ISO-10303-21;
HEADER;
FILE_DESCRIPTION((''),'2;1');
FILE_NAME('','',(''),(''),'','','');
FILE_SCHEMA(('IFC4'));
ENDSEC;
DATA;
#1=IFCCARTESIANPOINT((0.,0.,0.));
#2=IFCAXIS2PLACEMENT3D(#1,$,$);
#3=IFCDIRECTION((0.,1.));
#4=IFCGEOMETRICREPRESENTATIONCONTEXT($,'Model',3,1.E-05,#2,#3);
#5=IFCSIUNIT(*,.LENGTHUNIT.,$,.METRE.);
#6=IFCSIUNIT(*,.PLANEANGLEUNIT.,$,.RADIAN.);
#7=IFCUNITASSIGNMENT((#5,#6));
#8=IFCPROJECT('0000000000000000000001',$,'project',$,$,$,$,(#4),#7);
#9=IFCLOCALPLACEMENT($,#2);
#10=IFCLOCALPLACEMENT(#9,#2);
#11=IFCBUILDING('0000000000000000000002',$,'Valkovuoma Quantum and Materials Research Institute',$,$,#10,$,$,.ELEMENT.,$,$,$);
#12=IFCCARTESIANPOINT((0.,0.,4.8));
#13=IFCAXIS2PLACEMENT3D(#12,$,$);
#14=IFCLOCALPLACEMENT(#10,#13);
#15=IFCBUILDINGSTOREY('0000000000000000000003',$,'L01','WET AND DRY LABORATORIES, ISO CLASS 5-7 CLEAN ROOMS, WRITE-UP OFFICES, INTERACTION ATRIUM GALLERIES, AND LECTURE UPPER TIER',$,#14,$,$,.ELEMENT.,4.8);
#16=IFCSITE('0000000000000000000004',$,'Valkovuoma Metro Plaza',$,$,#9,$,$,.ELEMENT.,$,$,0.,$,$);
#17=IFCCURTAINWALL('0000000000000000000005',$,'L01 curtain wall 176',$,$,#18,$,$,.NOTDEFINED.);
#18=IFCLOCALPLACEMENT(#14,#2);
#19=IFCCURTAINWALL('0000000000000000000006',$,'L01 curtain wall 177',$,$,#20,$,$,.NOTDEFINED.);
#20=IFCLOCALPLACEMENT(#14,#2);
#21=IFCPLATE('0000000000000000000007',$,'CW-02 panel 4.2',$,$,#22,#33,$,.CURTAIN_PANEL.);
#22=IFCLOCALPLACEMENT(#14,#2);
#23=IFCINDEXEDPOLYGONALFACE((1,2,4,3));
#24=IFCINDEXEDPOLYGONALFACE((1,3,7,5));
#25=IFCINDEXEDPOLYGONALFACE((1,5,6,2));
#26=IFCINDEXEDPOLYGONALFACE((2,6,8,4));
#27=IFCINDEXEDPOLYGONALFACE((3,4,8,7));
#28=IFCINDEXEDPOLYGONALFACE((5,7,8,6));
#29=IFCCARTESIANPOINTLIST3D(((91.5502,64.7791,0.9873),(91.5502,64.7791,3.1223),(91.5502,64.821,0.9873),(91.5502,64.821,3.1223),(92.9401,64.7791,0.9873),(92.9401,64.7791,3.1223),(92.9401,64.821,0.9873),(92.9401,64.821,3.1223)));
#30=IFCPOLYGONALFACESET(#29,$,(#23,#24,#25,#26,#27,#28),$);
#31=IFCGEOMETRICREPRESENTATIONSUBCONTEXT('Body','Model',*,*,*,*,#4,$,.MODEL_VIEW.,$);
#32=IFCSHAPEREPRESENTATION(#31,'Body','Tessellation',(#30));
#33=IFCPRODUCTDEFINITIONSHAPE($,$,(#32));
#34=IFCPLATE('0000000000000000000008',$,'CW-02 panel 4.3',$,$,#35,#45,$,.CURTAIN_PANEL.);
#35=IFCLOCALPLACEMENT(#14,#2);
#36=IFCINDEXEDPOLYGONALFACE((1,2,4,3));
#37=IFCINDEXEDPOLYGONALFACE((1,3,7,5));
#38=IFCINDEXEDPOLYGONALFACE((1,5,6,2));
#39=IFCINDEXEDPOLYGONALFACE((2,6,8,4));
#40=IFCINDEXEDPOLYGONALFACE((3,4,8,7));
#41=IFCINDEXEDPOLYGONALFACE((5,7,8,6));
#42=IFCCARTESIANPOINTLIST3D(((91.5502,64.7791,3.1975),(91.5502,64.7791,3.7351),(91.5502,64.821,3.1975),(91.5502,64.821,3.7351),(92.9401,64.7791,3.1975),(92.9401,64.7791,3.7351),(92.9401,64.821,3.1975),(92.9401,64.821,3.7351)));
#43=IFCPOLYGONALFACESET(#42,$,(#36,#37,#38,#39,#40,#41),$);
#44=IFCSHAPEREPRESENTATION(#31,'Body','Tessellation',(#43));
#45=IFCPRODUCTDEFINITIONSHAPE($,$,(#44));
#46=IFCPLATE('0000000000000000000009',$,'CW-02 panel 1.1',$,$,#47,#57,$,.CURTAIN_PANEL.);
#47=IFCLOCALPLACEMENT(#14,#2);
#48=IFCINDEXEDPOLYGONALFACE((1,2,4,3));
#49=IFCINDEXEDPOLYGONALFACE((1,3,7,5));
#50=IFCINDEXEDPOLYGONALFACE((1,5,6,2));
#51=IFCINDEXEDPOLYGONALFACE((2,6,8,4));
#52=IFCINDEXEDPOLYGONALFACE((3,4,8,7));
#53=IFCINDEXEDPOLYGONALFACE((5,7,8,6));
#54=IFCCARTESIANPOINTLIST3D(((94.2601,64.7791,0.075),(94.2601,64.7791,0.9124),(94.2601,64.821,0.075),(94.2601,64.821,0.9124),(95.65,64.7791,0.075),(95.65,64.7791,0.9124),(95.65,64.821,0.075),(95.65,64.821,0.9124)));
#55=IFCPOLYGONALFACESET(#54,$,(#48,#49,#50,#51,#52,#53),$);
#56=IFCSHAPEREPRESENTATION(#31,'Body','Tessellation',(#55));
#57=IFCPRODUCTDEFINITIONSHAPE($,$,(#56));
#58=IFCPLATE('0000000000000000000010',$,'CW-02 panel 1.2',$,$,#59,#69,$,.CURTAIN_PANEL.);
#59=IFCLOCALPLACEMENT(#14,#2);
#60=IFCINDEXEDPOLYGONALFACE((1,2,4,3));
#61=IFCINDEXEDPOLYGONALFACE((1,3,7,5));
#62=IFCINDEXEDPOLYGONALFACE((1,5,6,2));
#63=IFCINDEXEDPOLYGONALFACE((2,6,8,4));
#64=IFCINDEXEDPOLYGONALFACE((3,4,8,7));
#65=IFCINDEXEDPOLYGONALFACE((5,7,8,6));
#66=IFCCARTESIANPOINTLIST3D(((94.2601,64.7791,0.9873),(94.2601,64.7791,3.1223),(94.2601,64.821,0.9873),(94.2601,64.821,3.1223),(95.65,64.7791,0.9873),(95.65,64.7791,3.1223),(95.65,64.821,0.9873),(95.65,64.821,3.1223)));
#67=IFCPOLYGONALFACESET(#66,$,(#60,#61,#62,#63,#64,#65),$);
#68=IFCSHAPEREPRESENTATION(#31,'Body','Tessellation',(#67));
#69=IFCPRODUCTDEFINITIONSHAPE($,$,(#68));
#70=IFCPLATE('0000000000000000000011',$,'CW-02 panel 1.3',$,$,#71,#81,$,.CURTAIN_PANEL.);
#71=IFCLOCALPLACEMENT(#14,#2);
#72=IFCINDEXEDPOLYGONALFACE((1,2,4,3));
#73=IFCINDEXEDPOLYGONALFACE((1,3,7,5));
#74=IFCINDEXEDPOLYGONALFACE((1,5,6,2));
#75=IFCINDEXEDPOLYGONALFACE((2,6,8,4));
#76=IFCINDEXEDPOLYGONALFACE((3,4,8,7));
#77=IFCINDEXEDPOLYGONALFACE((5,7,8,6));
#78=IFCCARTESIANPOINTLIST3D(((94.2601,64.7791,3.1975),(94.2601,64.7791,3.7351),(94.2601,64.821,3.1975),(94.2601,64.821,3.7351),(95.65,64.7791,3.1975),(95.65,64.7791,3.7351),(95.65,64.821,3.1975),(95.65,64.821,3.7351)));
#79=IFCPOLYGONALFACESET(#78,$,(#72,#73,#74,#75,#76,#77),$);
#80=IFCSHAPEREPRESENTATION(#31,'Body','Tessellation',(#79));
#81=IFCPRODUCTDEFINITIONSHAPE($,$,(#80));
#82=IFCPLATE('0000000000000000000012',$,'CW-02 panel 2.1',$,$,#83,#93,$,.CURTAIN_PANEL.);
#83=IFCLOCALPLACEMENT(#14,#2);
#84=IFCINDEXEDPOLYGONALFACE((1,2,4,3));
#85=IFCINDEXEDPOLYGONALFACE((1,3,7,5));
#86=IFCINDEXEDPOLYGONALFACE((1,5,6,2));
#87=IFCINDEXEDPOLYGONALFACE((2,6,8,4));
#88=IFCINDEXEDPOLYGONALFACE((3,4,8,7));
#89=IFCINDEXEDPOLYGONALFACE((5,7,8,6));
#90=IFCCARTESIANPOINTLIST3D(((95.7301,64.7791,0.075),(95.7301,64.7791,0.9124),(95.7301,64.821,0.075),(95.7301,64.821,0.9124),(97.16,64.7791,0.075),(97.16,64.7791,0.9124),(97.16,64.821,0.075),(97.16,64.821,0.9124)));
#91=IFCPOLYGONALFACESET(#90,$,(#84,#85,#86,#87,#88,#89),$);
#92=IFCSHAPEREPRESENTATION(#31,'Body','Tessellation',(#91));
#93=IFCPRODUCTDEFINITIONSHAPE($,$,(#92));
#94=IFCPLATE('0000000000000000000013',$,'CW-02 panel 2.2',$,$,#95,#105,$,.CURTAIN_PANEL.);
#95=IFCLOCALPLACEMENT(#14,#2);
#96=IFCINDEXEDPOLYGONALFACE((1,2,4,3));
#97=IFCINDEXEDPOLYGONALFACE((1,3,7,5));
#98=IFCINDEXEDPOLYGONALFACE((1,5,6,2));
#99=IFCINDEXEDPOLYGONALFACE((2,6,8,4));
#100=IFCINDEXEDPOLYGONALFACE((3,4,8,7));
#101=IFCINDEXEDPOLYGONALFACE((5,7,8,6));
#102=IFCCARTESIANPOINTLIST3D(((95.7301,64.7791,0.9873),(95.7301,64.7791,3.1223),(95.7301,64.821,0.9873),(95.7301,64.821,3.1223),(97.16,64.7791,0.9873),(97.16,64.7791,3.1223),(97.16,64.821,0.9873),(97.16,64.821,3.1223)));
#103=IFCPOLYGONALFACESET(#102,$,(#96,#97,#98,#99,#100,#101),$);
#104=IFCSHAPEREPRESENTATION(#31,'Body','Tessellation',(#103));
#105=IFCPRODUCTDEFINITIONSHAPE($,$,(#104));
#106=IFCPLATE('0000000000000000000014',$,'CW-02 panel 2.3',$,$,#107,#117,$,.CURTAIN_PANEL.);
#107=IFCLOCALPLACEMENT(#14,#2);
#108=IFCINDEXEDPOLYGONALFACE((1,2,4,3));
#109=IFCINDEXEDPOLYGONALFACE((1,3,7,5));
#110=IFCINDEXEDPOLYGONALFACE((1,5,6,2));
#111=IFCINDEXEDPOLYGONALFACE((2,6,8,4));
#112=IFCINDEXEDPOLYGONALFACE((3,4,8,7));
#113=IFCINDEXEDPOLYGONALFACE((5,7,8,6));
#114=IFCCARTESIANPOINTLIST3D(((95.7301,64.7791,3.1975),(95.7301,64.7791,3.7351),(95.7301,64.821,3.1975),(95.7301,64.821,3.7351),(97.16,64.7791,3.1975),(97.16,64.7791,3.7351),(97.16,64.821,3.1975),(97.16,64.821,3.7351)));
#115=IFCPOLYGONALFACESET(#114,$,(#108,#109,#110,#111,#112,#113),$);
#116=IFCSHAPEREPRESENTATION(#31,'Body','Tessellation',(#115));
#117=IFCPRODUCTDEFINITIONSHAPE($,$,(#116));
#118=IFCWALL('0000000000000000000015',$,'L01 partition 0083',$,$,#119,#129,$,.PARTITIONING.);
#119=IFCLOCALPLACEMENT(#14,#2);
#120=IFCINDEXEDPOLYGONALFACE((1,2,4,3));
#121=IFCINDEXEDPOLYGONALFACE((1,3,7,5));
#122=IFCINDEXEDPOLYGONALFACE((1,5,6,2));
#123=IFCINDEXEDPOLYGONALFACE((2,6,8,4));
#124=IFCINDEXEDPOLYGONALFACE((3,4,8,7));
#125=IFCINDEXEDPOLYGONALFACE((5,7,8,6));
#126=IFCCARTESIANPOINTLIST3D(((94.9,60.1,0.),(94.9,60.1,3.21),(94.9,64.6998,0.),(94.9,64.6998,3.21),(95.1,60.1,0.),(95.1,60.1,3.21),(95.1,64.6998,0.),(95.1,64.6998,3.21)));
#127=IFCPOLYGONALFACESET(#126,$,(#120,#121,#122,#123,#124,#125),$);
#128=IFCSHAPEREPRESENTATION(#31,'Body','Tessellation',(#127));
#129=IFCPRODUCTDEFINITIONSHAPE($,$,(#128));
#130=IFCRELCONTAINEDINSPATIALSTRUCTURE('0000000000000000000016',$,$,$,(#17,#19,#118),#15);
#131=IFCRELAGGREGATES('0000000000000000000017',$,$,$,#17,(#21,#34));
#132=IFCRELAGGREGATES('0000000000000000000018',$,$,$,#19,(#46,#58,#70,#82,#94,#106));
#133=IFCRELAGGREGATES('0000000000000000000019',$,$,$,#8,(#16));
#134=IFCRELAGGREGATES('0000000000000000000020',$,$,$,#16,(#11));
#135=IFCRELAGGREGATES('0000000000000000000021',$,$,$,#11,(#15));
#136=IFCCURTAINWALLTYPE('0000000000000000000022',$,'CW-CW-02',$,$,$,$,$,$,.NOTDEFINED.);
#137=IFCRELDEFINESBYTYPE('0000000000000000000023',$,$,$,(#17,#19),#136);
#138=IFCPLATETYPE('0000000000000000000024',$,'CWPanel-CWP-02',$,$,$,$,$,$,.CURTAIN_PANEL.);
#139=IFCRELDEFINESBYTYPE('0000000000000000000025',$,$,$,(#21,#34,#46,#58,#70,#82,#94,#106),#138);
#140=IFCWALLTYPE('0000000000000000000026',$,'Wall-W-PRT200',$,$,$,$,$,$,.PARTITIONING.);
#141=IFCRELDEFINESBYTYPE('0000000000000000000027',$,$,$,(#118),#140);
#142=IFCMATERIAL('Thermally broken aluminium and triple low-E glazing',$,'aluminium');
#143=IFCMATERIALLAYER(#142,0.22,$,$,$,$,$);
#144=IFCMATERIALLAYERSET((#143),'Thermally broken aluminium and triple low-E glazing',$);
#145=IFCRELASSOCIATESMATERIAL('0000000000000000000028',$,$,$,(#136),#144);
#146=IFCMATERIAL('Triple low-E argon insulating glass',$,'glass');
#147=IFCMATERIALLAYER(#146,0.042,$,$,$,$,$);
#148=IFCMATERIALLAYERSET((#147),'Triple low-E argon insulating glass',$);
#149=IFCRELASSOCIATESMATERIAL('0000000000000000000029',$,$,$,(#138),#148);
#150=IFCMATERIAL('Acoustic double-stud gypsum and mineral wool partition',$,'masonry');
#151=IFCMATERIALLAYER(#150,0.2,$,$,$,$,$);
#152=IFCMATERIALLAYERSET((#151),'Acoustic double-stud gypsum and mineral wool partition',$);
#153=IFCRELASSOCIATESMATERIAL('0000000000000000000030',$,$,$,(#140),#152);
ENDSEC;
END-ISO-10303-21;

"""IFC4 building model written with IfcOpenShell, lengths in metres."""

from ifc_helpers import new_model, si_unit, direction, frame, frame_2d, origin, origin_2d, place, context, subcontext, project, spatial, rectangle, extrude, material, layer, layer_set, type_object, element, aggregate, save


model = new_model("IFC4")

# Units and contexts
model_context = context("Model", 3, precision=1e-05, world=origin(), true_north=direction((0.0, 1.0)))
body_context = subcontext(model_context, "Body", "Model", "MODEL_VIEW")
ifc_project = project(units=[si_unit("LENGTHUNIT", "METRE"), si_unit("PLANEANGLEUNIT", "RADIAN")], contexts=[model_context])

# Site, building, storey
site_placement = place(None, origin())
site = spatial("IfcSite", under=ifc_project, at=site_placement, Name="Valkovuoma Metro Plaza", CompositionType="ELEMENT", RefElevation=0.0)
building_placement = place(site_placement, origin())
building = spatial("IfcBuilding", under=site, at=building_placement, Name="Valkovuoma Quantum and Materials Research Institute", CompositionType="ELEMENT")
storey_placement = place(building_placement, frame((0.0, 0.0, 4.8)))
storey = spatial("IfcBuildingStorey", under=building, at=storey_placement, Name="L01", Description="WET AND DRY LABORATORIES, ISO CLASS 5-7 CLEAN ROOMS, WRITE-UP OFFICES, INTERACTION ATRIUM GALLERIES, AND LECTURE UPPER TIER", CompositionType="ELEMENT", Elevation=4.8)

# Curtain walls
ifc_material_1 = material(Name="Thermally broken aluminium and triple low-E glazing", Category="aluminium")
ifc_layer_1 = layer(ifc_material_1, 0.22)
ifc_layer_set_1 = layer_set([ifc_layer_1], Name="Thermally broken aluminium and triple low-E glazing")
curtain_wall_type = type_object("IfcCurtainWallType", Name="CW-CW-02", PredefinedType="NOTDEFINED", material=ifc_layer_set_1)
curtain_wall_1_placement = place(storey_placement, origin())
curtain_wall_1 = element("IfcCurtainWall", 1, at=curtain_wall_1_placement, inside=storey, type_object=curtain_wall_type, Name="L01 curtain wall 176", PredefinedType="NOTDEFINED")
curtain_wall_2_placement = place(storey_placement, origin())
curtain_wall_2 = element("IfcCurtainWall", 2, at=curtain_wall_2_placement, inside=storey, type_object=curtain_wall_type, Name="L01 curtain wall 177", PredefinedType="NOTDEFINED")

# Plates
ifc_material_2 = material(Name="Triple low-E argon insulating glass", Category="glass")
ifc_layer_2 = layer(ifc_material_2, 0.042)
ifc_layer_set_2 = layer_set([ifc_layer_2], Name="Triple low-E argon insulating glass")
plate_type = type_object("IfcPlateType", Name="CWPanel-CWP-02", PredefinedType="CURTAIN_PANEL", material=ifc_layer_set_2)
plate_1_placement = place(storey_placement, frame((92.2451, 64.8, 0.9873), z_axis=(0.0, 0.0, 1.0), x_axis=(1.0, 0.0, 0.0)))
plate_1 = element("IfcPlate", 3, at=plate_1_placement, type_object=plate_type, Name="CW-02 panel 4.2", PredefinedType="CURTAIN_PANEL", context=body_context, shape_type="SweptSolid", body=[
    extrude(rectangle(XDim=1.3899, YDim=0.042, at=origin_2d()), origin(), (0.0, 0.0, 1.0), 2.135),
])
plate_2_placement = place(storey_placement, frame((92.2451, 64.8, 3.1975), z_axis=(0.0, 0.0, 1.0), x_axis=(1.0, 0.0, 0.0)))
plate_2 = element("IfcPlate", 4, at=plate_2_placement, type_object=plate_type, Name="CW-02 panel 4.3", PredefinedType="CURTAIN_PANEL", context=body_context, shape_type="SweptSolid", body=[
    extrude(rectangle(XDim=1.3899, YDim=0.042, at=origin_2d()), origin(), (0.0, 0.0, 1.0), 0.5376),
])
aggregate(curtain_wall_1, [plate_1, plate_2])
plate_3_placement = place(storey_placement, frame((94.9551, 64.8, 0.075), z_axis=(0.0, 0.0, 1.0), x_axis=(1.0, 0.0, 0.0)))
plate_3 = element("IfcPlate", 5, at=plate_3_placement, type_object=plate_type, Name="CW-02 panel 1.1", PredefinedType="CURTAIN_PANEL", context=body_context, shape_type="SweptSolid", body=[
    extrude(rectangle(XDim=1.3899, YDim=0.042, at=origin_2d()), origin(), (0.0, 0.0, 1.0), 0.8374),
])
plate_4_placement = place(storey_placement, frame((94.9551, 64.8, 0.9873), z_axis=(0.0, 0.0, 1.0), x_axis=(1.0, 0.0, 0.0)))
plate_4 = element("IfcPlate", 6, at=plate_4_placement, type_object=plate_type, Name="CW-02 panel 1.2", PredefinedType="CURTAIN_PANEL", context=body_context, shape_type="SweptSolid", body=[
    extrude(rectangle(XDim=1.3899, YDim=0.042, at=origin_2d()), origin(), (0.0, 0.0, 1.0), 2.135),
])
plate_5_placement = place(storey_placement, frame((94.9551, 64.8, 3.1975), z_axis=(0.0, 0.0, 1.0), x_axis=(1.0, 0.0, 0.0)))
plate_5 = element("IfcPlate", 7, at=plate_5_placement, type_object=plate_type, Name="CW-02 panel 1.3", PredefinedType="CURTAIN_PANEL", context=body_context, shape_type="SweptSolid", body=[
    extrude(rectangle(XDim=1.3899, YDim=0.042, at=origin_2d()), origin(), (0.0, 0.0, 1.0), 0.5376),
])
plate_6_placement = place(storey_placement, frame((96.4451, 64.8, 0.075), z_axis=(0.0, 0.0, 1.0), x_axis=(1.0, 0.0, 0.0)))
plate_6 = element("IfcPlate", 8, at=plate_6_placement, type_object=plate_type, Name="CW-02 panel 2.1", PredefinedType="CURTAIN_PANEL", context=body_context, shape_type="SweptSolid", body=[
    extrude(rectangle(XDim=1.4299, YDim=0.042, at=origin_2d()), origin(), (0.0, 0.0, 1.0), 0.8374),
])
plate_7_placement = place(storey_placement, frame((96.4451, 64.8, 0.9873), z_axis=(0.0, 0.0, 1.0), x_axis=(1.0, 0.0, 0.0)))
plate_7 = element("IfcPlate", 9, at=plate_7_placement, type_object=plate_type, Name="CW-02 panel 2.2", PredefinedType="CURTAIN_PANEL", context=body_context, shape_type="SweptSolid", body=[
    extrude(rectangle(XDim=1.4299, YDim=0.042, at=origin_2d()), origin(), (0.0, 0.0, 1.0), 2.135),
])
plate_8_placement = place(storey_placement, frame((96.4451, 64.8, 3.1975), z_axis=(0.0, 0.0, 1.0), x_axis=(1.0, 0.0, 0.0)))
plate_8 = element("IfcPlate", 10, at=plate_8_placement, type_object=plate_type, Name="CW-02 panel 2.3", PredefinedType="CURTAIN_PANEL", context=body_context, shape_type="SweptSolid", body=[
    extrude(rectangle(XDim=1.4299, YDim=0.042, at=origin_2d()), origin(), (0.0, 0.0, 1.0), 0.5376),
])
aggregate(curtain_wall_2, [plate_3, plate_4, plate_5, plate_6, plate_7, plate_8])

# Wall
ifc_material_3 = material(Name="Acoustic double-stud gypsum and mineral wool partition", Category="masonry")
ifc_layer_3 = layer(ifc_material_3, 0.2)
ifc_layer_set_3 = layer_set([ifc_layer_3], Name="Acoustic double-stud gypsum and mineral wool partition")
wall_type = type_object("IfcWallType", Name="Wall-W-PRT200", PredefinedType="PARTITIONING", material=ifc_layer_set_3)
wall_placement = place(storey_placement, frame((95.0, 60.1001, 0.0), z_axis=(0.0, 0.0, 1.0), x_axis=(0.0, 1.0, 0.0)))
element("IfcWall", 11, at=wall_placement, inside=storey, type_object=wall_type, Name="L01 partition 0083", PredefinedType="PARTITIONING", context=body_context, shape_type="SweptSolid", body=[
    extrude(rectangle(XDim=4.5999, YDim=0.2, at=frame_2d((2.2998, 0.0))), origin(), (0.0, 0.0, 1.0), 3.21),
])

save(model, "model.ifc")
